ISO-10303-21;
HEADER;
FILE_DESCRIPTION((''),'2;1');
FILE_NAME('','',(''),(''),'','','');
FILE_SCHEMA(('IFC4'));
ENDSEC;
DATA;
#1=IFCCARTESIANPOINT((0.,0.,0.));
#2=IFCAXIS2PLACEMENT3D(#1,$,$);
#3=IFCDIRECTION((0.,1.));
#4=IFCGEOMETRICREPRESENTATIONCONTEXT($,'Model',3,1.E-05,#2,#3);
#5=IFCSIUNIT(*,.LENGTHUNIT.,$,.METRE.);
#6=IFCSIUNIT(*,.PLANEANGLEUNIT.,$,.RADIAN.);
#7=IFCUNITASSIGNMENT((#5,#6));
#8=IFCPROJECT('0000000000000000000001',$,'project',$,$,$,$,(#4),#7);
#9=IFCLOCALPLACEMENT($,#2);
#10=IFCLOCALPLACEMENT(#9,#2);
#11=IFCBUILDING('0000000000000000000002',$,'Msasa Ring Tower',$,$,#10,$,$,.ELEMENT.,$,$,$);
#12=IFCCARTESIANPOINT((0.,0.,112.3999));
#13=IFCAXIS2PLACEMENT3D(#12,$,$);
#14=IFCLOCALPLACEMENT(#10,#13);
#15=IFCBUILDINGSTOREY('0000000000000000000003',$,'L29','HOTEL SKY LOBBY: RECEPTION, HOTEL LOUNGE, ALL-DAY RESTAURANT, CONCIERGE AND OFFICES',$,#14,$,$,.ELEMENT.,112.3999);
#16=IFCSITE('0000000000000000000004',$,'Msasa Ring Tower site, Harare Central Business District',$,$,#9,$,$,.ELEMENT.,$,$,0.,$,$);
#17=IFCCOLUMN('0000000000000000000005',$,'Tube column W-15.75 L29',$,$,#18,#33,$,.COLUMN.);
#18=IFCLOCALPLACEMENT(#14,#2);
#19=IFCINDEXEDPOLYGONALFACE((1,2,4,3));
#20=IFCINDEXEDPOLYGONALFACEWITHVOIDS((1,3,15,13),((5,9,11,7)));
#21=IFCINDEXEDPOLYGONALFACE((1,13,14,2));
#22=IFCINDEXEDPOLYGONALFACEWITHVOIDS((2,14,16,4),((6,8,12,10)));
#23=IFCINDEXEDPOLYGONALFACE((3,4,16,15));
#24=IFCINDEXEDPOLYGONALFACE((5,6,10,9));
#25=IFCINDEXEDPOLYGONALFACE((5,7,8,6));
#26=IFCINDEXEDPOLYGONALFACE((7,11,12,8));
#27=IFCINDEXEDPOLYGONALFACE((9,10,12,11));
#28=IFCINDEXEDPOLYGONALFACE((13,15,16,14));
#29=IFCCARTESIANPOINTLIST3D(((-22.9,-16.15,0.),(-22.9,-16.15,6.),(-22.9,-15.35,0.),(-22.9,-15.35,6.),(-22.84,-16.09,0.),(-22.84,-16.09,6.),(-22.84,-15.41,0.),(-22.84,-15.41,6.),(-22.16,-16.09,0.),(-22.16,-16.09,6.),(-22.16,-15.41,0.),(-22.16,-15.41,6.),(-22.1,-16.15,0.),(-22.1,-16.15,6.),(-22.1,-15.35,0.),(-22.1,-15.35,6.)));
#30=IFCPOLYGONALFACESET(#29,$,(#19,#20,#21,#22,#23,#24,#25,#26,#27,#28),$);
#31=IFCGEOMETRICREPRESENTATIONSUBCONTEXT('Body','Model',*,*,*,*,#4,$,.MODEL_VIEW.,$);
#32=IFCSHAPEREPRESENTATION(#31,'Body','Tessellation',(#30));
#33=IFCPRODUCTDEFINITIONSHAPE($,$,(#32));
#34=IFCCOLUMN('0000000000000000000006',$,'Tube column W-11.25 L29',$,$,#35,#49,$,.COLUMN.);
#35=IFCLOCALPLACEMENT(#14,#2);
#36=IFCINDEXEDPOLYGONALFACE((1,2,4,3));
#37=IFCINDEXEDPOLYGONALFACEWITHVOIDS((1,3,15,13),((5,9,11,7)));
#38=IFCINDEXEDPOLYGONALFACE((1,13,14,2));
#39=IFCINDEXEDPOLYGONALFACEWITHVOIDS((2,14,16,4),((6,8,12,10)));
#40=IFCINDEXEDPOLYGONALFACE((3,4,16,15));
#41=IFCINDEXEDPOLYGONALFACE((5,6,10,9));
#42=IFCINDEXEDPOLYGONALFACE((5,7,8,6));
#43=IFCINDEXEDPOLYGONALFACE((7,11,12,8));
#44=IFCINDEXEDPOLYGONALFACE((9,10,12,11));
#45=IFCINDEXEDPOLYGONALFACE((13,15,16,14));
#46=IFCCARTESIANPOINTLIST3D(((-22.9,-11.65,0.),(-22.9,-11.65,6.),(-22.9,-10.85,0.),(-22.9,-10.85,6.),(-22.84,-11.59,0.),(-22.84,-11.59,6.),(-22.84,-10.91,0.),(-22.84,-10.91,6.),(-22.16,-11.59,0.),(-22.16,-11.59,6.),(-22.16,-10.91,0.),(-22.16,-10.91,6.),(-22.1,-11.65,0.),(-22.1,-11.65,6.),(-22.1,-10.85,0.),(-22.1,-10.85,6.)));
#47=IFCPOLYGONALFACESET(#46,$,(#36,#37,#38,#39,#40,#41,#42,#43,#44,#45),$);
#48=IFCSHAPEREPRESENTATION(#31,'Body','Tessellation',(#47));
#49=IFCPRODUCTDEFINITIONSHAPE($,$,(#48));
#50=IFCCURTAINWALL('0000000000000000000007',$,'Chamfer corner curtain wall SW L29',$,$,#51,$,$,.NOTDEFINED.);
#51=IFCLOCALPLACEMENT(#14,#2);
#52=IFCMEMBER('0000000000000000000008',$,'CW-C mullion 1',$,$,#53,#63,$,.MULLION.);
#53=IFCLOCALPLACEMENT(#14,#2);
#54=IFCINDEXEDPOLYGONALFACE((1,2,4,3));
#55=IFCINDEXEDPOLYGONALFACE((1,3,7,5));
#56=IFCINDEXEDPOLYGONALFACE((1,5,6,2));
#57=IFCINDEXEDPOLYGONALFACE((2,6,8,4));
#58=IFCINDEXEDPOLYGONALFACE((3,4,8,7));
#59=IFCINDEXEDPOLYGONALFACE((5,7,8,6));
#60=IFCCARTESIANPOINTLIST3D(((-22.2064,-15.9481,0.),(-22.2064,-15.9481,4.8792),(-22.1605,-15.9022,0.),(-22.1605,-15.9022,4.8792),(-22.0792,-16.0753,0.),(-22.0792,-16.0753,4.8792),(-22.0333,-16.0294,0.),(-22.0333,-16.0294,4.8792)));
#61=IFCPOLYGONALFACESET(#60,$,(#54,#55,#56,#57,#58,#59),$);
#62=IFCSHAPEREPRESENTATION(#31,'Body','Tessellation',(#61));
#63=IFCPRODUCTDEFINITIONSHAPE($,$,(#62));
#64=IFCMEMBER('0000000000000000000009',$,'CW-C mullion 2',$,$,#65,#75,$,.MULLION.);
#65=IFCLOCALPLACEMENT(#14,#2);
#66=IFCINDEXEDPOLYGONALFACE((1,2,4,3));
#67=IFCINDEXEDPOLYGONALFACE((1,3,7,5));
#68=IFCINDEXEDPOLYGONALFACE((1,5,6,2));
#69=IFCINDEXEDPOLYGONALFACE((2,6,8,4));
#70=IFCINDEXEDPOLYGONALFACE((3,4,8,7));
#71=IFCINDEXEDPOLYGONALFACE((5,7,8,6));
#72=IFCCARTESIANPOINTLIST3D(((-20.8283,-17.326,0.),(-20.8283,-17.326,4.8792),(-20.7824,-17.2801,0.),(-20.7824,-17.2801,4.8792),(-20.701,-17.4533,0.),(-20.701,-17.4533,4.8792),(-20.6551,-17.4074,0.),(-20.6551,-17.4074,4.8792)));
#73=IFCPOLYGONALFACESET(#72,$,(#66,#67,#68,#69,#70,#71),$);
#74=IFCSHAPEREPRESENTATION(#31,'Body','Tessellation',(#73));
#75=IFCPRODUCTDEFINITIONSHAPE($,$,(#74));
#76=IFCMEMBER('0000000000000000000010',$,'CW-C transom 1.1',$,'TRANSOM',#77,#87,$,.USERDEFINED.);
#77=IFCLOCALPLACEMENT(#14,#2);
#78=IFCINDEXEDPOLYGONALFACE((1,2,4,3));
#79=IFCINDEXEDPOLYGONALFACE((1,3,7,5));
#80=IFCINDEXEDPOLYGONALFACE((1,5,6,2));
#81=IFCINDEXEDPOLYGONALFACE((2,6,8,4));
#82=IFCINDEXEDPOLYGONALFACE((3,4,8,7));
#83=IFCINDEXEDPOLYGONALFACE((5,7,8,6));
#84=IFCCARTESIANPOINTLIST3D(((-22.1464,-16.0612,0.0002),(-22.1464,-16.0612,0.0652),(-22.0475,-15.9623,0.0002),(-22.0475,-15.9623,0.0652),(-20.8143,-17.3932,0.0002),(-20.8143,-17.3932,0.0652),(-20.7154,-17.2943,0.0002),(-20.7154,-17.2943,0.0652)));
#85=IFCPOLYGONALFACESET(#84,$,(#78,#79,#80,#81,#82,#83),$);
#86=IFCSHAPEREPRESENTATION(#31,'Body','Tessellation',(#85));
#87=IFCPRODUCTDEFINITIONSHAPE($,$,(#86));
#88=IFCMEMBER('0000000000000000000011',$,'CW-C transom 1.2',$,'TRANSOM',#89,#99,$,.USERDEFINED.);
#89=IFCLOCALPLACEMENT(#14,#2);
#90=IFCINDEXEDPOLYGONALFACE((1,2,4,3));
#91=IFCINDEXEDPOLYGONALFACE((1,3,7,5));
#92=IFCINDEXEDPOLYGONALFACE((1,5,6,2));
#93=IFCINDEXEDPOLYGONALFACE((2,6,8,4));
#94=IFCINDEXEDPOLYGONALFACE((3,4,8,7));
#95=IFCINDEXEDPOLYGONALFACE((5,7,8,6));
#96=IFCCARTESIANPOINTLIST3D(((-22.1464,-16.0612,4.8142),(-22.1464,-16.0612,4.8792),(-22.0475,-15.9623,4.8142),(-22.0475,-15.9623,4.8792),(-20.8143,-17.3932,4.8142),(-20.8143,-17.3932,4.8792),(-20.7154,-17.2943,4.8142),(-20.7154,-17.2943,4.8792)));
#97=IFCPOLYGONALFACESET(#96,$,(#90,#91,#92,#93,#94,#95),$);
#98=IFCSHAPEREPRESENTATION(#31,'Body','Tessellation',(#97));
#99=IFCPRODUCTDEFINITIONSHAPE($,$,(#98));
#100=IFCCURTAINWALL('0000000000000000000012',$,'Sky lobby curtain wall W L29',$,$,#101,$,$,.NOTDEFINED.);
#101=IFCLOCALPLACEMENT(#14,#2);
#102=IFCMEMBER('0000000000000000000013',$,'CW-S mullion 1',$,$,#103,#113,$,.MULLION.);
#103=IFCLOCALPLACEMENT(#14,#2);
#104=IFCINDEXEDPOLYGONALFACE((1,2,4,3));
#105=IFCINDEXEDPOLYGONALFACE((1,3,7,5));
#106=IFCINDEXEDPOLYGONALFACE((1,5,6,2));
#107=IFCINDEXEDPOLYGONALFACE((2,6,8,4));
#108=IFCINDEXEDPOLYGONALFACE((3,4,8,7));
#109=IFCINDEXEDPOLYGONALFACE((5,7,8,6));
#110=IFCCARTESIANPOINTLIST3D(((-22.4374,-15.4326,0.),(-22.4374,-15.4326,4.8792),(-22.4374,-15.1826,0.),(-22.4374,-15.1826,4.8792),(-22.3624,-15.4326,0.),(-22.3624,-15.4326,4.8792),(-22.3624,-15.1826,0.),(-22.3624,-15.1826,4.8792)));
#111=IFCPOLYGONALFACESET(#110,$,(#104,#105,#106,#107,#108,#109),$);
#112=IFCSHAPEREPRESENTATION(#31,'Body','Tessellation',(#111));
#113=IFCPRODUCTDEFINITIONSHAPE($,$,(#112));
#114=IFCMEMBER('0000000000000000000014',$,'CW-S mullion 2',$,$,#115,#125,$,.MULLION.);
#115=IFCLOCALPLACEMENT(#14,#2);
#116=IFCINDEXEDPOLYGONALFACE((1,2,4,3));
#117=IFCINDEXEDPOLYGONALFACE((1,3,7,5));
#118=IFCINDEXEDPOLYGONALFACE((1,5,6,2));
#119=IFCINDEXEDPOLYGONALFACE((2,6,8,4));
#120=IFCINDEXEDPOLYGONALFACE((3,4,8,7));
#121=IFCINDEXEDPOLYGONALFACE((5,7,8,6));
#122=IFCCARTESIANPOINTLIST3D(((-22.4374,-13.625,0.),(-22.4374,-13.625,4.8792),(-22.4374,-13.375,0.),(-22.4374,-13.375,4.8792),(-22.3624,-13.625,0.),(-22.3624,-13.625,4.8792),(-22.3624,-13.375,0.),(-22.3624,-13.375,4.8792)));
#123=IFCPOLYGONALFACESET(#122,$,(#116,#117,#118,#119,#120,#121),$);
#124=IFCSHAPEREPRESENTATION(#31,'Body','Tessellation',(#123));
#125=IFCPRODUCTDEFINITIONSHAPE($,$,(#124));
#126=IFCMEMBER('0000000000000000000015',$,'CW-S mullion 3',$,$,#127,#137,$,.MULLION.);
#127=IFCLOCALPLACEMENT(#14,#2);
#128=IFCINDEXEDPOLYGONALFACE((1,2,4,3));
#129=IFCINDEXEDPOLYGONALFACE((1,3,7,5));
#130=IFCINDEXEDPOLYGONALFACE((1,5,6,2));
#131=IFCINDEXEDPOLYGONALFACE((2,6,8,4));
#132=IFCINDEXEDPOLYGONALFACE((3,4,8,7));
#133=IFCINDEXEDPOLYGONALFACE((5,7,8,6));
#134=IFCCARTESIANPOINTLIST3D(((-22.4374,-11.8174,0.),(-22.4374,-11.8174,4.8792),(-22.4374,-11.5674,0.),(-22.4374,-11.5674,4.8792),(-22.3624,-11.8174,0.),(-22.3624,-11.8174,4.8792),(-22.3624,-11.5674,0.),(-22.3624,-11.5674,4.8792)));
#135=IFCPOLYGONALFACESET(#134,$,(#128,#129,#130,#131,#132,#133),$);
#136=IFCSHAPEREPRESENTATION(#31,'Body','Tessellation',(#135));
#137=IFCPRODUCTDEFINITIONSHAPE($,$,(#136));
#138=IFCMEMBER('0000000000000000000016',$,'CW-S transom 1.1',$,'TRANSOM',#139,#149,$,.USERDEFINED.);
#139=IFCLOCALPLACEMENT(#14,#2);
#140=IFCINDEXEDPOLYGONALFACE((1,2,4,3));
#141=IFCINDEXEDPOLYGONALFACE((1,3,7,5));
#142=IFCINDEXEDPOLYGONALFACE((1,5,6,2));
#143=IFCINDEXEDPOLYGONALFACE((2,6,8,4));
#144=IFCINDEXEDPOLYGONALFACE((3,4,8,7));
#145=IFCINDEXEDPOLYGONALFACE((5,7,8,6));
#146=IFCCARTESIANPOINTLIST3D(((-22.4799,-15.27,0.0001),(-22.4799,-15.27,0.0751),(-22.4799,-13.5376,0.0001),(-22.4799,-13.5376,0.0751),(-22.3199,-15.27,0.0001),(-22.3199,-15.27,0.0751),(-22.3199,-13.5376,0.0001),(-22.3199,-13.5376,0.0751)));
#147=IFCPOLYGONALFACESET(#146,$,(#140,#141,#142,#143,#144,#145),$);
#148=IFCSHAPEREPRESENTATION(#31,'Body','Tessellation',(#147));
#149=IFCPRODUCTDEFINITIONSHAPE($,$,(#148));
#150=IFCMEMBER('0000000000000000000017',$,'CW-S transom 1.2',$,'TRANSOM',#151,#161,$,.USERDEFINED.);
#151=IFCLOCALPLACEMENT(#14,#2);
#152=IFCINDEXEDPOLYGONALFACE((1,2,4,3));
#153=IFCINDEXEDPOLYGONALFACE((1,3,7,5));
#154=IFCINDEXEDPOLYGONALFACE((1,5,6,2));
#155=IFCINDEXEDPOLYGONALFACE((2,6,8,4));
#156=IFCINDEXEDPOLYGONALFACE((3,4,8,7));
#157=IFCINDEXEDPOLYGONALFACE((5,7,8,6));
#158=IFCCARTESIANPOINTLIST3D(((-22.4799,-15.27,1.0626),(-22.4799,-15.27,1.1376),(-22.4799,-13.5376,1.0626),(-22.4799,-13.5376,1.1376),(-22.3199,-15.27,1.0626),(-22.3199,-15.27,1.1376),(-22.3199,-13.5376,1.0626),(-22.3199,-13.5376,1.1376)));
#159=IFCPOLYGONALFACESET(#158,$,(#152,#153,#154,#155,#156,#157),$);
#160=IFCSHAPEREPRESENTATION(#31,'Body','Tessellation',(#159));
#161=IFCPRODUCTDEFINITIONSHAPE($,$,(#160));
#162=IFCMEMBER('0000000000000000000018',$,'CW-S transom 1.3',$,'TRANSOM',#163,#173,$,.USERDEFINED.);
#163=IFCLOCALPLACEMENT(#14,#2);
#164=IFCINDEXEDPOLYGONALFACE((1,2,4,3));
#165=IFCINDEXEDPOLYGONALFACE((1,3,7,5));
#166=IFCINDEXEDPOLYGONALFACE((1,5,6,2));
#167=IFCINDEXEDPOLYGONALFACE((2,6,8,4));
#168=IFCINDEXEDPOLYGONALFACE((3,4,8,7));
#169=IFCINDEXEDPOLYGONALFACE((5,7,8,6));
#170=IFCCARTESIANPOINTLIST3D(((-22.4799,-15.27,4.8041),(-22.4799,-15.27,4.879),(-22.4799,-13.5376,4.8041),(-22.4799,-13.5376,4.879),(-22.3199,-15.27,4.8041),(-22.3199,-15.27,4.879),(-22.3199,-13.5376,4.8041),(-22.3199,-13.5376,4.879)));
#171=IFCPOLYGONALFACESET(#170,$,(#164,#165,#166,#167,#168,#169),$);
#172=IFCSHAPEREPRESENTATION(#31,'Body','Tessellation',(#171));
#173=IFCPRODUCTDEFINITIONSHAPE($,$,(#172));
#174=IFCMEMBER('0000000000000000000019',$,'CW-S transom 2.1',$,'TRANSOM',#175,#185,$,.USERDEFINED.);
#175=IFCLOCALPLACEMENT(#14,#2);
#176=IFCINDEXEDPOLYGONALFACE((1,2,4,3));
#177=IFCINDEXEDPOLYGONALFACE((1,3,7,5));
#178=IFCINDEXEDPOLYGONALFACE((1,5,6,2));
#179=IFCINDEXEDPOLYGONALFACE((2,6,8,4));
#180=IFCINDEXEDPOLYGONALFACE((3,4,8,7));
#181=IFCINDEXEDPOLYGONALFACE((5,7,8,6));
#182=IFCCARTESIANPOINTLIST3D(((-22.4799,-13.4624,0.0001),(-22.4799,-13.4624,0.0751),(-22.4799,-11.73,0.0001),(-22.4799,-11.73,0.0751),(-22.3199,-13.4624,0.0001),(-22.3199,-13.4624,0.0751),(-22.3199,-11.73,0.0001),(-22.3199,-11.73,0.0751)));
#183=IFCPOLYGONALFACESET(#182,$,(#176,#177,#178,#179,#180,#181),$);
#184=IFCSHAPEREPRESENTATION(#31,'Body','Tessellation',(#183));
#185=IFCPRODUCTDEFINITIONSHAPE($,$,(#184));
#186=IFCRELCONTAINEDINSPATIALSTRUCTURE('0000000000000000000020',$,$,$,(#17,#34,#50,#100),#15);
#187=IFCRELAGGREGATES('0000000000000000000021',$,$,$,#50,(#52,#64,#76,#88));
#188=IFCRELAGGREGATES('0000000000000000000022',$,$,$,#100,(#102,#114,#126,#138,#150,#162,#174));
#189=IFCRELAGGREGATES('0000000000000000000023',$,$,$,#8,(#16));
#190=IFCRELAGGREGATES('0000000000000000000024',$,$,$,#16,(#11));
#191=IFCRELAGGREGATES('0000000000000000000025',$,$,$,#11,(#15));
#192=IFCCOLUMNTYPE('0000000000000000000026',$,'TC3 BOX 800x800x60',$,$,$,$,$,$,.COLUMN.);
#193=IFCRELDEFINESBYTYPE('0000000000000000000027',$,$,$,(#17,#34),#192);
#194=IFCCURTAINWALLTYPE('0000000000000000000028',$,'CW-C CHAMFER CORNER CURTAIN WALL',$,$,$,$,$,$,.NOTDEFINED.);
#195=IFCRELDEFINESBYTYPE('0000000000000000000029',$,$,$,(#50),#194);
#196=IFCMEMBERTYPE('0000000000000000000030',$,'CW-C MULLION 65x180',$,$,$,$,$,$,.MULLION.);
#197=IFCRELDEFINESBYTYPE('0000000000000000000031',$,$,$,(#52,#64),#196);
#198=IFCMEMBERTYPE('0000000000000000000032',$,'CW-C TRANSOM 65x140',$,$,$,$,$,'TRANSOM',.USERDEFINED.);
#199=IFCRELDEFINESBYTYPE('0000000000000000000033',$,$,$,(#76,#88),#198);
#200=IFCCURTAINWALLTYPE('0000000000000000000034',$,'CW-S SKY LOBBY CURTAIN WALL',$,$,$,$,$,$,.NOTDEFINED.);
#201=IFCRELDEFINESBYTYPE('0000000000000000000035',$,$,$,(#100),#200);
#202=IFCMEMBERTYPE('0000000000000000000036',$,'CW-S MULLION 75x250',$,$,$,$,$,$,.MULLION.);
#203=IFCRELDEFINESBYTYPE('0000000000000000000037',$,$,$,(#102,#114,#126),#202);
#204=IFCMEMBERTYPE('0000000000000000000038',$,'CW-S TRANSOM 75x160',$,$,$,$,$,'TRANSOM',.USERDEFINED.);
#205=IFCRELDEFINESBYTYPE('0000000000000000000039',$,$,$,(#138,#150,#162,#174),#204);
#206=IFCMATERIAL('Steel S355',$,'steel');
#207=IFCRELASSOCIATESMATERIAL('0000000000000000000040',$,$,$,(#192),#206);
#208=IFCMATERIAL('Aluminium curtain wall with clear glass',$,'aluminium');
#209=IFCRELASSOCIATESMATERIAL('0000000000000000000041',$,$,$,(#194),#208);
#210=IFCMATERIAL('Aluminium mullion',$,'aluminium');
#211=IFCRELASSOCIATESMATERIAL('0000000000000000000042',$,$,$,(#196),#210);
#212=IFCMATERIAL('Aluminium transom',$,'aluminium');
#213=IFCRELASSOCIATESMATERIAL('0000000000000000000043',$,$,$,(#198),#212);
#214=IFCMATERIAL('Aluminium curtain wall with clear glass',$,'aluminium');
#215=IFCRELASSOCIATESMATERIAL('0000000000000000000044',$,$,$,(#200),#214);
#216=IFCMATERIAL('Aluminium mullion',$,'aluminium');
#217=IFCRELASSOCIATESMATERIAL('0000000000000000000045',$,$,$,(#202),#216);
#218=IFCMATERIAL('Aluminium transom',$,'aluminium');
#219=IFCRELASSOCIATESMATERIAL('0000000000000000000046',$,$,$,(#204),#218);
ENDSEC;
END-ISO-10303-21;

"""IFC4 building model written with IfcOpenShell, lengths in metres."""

from ifc_helpers import new_model, si_unit, direction, frame, origin, origin_2d, place, context, subcontext, project, spatial, rectangle, hollow_rectangle, extrude, material, material_profile, profile_set, type_object, element, aggregate, save


model = new_model("IFC4")

# Units and contexts
model_context = context("Model", 3, precision=1e-05, world=origin(), true_north=direction((0.0, 1.0)))
body_context = subcontext(model_context, "Body", "Model", "MODEL_VIEW")
ifc_project = project(units=[si_unit("LENGTHUNIT", "METRE"), si_unit("PLANEANGLEUNIT", "RADIAN")], contexts=[model_context])

# Site, building, storey
site_placement = place(None, origin())
site = spatial("IfcSite", under=ifc_project, at=site_placement, Name="Msasa Ring Tower site, Harare Central Business District", CompositionType="ELEMENT", RefElevation=0.0)
building_placement = place(site_placement, origin())
building = spatial("IfcBuilding", under=site, at=building_placement, Name="Msasa Ring Tower", CompositionType="ELEMENT")
storey_placement = place(building_placement, frame((0.0, 0.0, 112.3999)))
storey = spatial("IfcBuildingStorey", under=building, at=storey_placement, Name="L29", Description="HOTEL SKY LOBBY: RECEPTION, HOTEL LOUNGE, ALL-DAY RESTAURANT, CONCIERGE AND OFFICES", CompositionType="ELEMENT", Elevation=112.3999)

# Columns
ifc_material_1 = material(Name="Steel S355", Category="steel")
ifc_material_profile_1 = material_profile(ifc_material_1, hollow_rectangle(XDim=0.8, YDim=0.8, WallThickness=0.0601, at=origin_2d()), Name="BOX 800x800x60")
ifc_profile_set_1 = profile_set([ifc_material_profile_1], Name="Steel S355")
column_type = type_object("IfcColumnType", Name="TC3 BOX 800x800x60", PredefinedType="COLUMN", material=ifc_profile_set_1)
for number, where, z_axis, x_axis, name in (
    (1, (-22.5, -15.75, 0.0), (0.0, 0.0, 1.0), (1.0, 0.0, 0.0), "Tube column W-15.75 L29"),
    (2, (-22.5, -11.25, 0.0), (0.0, 0.0, 1.0), (1.0, 0.0, 0.0), "Tube column W-11.25 L29"),
):
    element("IfcColumn", number, at=place(storey_placement, frame(where, z_axis=z_axis, x_axis=x_axis)), inside=storey, type_object=column_type, Name=name, PredefinedType="COLUMN", context=body_context, shape_type="SweptSolid", body=[
        extrude(hollow_rectangle(XDim=0.8, YDim=0.8, WallThickness=0.0601, at=origin_2d()), origin(), (0.0, 0.0, 1.0), 6.0),
    ])

# Curtain walls, members
ifc_material_2 = material(Name="Aluminium curtain wall with clear glass", Category="aluminium")
curtain_wall_type_1 = type_object("IfcCurtainWallType", Name="CW-C CHAMFER CORNER CURTAIN WALL", PredefinedType="NOTDEFINED", material=ifc_material_2)
curtain_wall_1_placement = place(storey_placement, origin())
curtain_wall_1 = element("IfcCurtainWall", 3, at=curtain_wall_1_placement, inside=storey, type_object=curtain_wall_type_1, Name="Chamfer corner curtain wall SW L29", PredefinedType="NOTDEFINED")
ifc_material_3 = material(Name="Aluminium mullion", Category="aluminium")
ifc_material_profile_2 = material_profile(ifc_material_3, rectangle(XDim=0.0649, YDim=0.1799, at=origin_2d()), Name="AL 65x180")
ifc_profile_set_2 = profile_set([ifc_material_profile_2], Name="Aluminium mullion")
member_type_1 = type_object("IfcMemberType", Name="CW-C MULLION 65x180", PredefinedType="MULLION", material=ifc_profile_set_2)
member_1_placement = place(storey_placement, frame((-22.1199, -15.9888, 0.0), z_axis=(0.0, 0.0, 1.0), x_axis=(0.707107, 0.707107, 0.0)))
member_1 = element("IfcMember", 4, at=member_1_placement, type_object=member_type_1, Name="CW-C mullion 1", PredefinedType="MULLION", context=body_context, shape_type="SweptSolid", body=[
    extrude(rectangle(XDim=0.0649, YDim=0.1799, at=origin_2d()), origin(), (0.0, 0.0, 1.0), 4.8792),
])
member_2_placement = place(storey_placement, frame((-20.7417, -17.3667, 0.0), z_axis=(0.0, 0.0, 1.0), x_axis=(0.707107, 0.707107, 0.0)))
member_2 = element("IfcMember", 5, at=member_2_placement, type_object=member_type_1, Name="CW-C mullion 2", PredefinedType="MULLION", context=body_context, shape_type="SweptSolid", body=[
    extrude(rectangle(XDim=0.0649, YDim=0.1799, at=origin_2d()), origin(), (0.0, 0.0, 1.0), 4.8792),
])
ifc_material_4 = material(Name="Aluminium transom", Category="aluminium")
ifc_material_profile_3 = material_profile(ifc_material_4, rectangle(XDim=0.1399, YDim=0.0649, at=origin_2d()), Name="AL 65x140")
ifc_profile_set_3 = profile_set([ifc_material_profile_3], Name="Aluminium transom")
member_type_2 = type_object("IfcMemberType", Name="CW-C TRANSOM 65x140", ElementType="TRANSOM", PredefinedType="USERDEFINED", material=ifc_profile_set_3)
member_3_placement = place(storey_placement, frame((-22.0969, -16.0117, 0.0327), z_axis=(0.707107, -0.707107, 0.0), x_axis=(0.707107, 0.707107, 0.0)))
member_3 = element("IfcMember", 6, at=member_3_placement, type_object=member_type_2, Name="CW-C transom 1.1", ObjectType="TRANSOM", PredefinedType="USERDEFINED", context=body_context, shape_type="SweptSolid", body=[
    extrude(rectangle(XDim=0.1399, YDim=0.0649, at=origin_2d()), origin(), (0.0, 0.0, 1.0), 1.8838),
])
member_4_placement = place(storey_placement, frame((-22.0969, -16.0117, 4.8467), z_axis=(0.707107, -0.707107, 0.0), x_axis=(0.707107, 0.707107, 0.0)))
member_4 = element("IfcMember", 7, at=member_4_placement, type_object=member_type_2, Name="CW-C transom 1.2", ObjectType="TRANSOM", PredefinedType="USERDEFINED", context=body_context, shape_type="SweptSolid", body=[
    extrude(rectangle(XDim=0.1399, YDim=0.0649, at=origin_2d()), origin(), (0.0, 0.0, 1.0), 1.8838),
])
ifc_material_5 = material(Name="Aluminium curtain wall with clear glass", Category="aluminium")
curtain_wall_type_2 = type_object("IfcCurtainWallType", Name="CW-S SKY LOBBY CURTAIN WALL", PredefinedType="NOTDEFINED", material=ifc_material_5)
curtain_wall_2_placement = place(storey_placement, origin())
curtain_wall_2 = element("IfcCurtainWall", 8, at=curtain_wall_2_placement, inside=storey, type_object=curtain_wall_type_2, Name="Sky lobby curtain wall W L29", PredefinedType="NOTDEFINED")
ifc_material_6 = material(Name="Aluminium mullion", Category="aluminium")
ifc_material_profile_4 = material_profile(ifc_material_6, rectangle(XDim=0.075, YDim=0.25, at=origin_2d()), Name="AL 75x250")
ifc_profile_set_4 = profile_set([ifc_material_profile_4], Name="Aluminium mullion")
member_type_3 = type_object("IfcMemberType", Name="CW-S MULLION 75x250", PredefinedType="MULLION", material=ifc_profile_set_4)
member_5_placement = place(storey_placement, frame((-22.3999, -15.3076, 0.0), z_axis=(0.0, 0.0, 1.0), x_axis=(-1.0, 0.0, 0.0)))
member_5 = element("IfcMember", 9, at=member_5_placement, type_object=member_type_3, Name="CW-S mullion 1", PredefinedType="MULLION", context=body_context, shape_type="SweptSolid", body=[
    extrude(rectangle(XDim=0.075, YDim=0.25, at=origin_2d()), origin(), (0.0, 0.0, 1.0), 4.8792),
])
member_6_placement = place(storey_placement, frame((-22.3999, -13.5, 0.0), z_axis=(0.0, 0.0, 1.0), x_axis=(-1.0, 0.0, 0.0)))
member_6 = element("IfcMember", 10, at=member_6_placement, type_object=member_type_3, Name="CW-S mullion 2", PredefinedType="MULLION", context=body_context, shape_type="SweptSolid", body=[
    extrude(rectangle(XDim=0.075, YDim=0.25, at=origin_2d()), origin(), (0.0, 0.0, 1.0), 4.8792),
])
member_7_placement = place(storey_placement, frame((-22.3999, -11.6924, 0.0), z_axis=(0.0, 0.0, 1.0), x_axis=(-1.0, 0.0, 0.0)))
member_7 = element("IfcMember", 11, at=member_7_placement, type_object=member_type_3, Name="CW-S mullion 3", PredefinedType="MULLION", context=body_context, shape_type="SweptSolid", body=[
    extrude(rectangle(XDim=0.075, YDim=0.25, at=origin_2d()), origin(), (0.0, 0.0, 1.0), 4.8792),
])
ifc_material_7 = material(Name="Aluminium transom", Category="aluminium")
ifc_material_profile_5 = material_profile(ifc_material_7, rectangle(XDim=0.1599, YDim=0.075, at=origin_2d()), Name="AL 75x160")
ifc_profile_set_5 = profile_set([ifc_material_profile_5], Name="Aluminium transom")
member_type_4 = type_object("IfcMemberType", Name="CW-S TRANSOM 75x160", ElementType="TRANSOM", PredefinedType="USERDEFINED", material=ifc_profile_set_5)
member_8_placement = place(storey_placement, frame((-22.3999, -15.27, 0.0376), z_axis=(0.0, 1.0, 0.0), x_axis=(-1.0, 0.0, 0.0)))
member_8 = element("IfcMember", 12, at=member_8_placement, type_object=member_type_4, Name="CW-S transom 1.1", ObjectType="TRANSOM", PredefinedType="USERDEFINED", context=body_context, shape_type="SweptSolid", body=[
    extrude(rectangle(XDim=0.1599, YDim=0.075, at=origin_2d()), origin(), (0.0, 0.0, 1.0), 1.7324),
])
member_9_placement = place(storey_placement, frame((-22.3999, -15.27, 1.1001), z_axis=(0.0, 1.0, 0.0), x_axis=(-1.0, 0.0, 0.0)))
member_9 = element("IfcMember", 13, at=member_9_placement, type_object=member_type_4, Name="CW-S transom 1.2", ObjectType="TRANSOM", PredefinedType="USERDEFINED", context=body_context, shape_type="SweptSolid", body=[
    extrude(rectangle(XDim=0.1599, YDim=0.075, at=origin_2d()), origin(), (0.0, 0.0, 1.0), 1.7324),
])
member_10_placement = place(storey_placement, frame((-22.3999, -15.27, 4.8416), z_axis=(0.0, 1.0, 0.0), x_axis=(-1.0, 0.0, 0.0)))
member_10 = element("IfcMember", 14, at=member_10_placement, type_object=member_type_4, Name="CW-S transom 1.3", ObjectType="TRANSOM", PredefinedType="USERDEFINED", context=body_context, shape_type="SweptSolid", body=[
    extrude(rectangle(XDim=0.1599, YDim=0.075, at=origin_2d()), origin(), (0.0, 0.0, 1.0), 1.7324),
])
member_11_placement = place(storey_placement, frame((-22.3999, -13.4624, 0.0376), z_axis=(0.0, 1.0, 0.0), x_axis=(-1.0, 0.0, 0.0)))
member_11 = element("IfcMember", 15, at=member_11_placement, type_object=member_type_4, Name="CW-S transom 2.1", ObjectType="TRANSOM", PredefinedType="USERDEFINED", context=body_context, shape_type="SweptSolid", body=[
    extrude(rectangle(XDim=0.1599, YDim=0.075, at=origin_2d()), origin(), (0.0, 0.0, 1.0), 1.7324),
])

aggregate(curtain_wall_1, [member_1, member_2, member_3, member_4])
aggregate(curtain_wall_2, [member_5, member_6, member_7, member_8, member_9, member_10, member_11])

save(model, "model.ifc")
